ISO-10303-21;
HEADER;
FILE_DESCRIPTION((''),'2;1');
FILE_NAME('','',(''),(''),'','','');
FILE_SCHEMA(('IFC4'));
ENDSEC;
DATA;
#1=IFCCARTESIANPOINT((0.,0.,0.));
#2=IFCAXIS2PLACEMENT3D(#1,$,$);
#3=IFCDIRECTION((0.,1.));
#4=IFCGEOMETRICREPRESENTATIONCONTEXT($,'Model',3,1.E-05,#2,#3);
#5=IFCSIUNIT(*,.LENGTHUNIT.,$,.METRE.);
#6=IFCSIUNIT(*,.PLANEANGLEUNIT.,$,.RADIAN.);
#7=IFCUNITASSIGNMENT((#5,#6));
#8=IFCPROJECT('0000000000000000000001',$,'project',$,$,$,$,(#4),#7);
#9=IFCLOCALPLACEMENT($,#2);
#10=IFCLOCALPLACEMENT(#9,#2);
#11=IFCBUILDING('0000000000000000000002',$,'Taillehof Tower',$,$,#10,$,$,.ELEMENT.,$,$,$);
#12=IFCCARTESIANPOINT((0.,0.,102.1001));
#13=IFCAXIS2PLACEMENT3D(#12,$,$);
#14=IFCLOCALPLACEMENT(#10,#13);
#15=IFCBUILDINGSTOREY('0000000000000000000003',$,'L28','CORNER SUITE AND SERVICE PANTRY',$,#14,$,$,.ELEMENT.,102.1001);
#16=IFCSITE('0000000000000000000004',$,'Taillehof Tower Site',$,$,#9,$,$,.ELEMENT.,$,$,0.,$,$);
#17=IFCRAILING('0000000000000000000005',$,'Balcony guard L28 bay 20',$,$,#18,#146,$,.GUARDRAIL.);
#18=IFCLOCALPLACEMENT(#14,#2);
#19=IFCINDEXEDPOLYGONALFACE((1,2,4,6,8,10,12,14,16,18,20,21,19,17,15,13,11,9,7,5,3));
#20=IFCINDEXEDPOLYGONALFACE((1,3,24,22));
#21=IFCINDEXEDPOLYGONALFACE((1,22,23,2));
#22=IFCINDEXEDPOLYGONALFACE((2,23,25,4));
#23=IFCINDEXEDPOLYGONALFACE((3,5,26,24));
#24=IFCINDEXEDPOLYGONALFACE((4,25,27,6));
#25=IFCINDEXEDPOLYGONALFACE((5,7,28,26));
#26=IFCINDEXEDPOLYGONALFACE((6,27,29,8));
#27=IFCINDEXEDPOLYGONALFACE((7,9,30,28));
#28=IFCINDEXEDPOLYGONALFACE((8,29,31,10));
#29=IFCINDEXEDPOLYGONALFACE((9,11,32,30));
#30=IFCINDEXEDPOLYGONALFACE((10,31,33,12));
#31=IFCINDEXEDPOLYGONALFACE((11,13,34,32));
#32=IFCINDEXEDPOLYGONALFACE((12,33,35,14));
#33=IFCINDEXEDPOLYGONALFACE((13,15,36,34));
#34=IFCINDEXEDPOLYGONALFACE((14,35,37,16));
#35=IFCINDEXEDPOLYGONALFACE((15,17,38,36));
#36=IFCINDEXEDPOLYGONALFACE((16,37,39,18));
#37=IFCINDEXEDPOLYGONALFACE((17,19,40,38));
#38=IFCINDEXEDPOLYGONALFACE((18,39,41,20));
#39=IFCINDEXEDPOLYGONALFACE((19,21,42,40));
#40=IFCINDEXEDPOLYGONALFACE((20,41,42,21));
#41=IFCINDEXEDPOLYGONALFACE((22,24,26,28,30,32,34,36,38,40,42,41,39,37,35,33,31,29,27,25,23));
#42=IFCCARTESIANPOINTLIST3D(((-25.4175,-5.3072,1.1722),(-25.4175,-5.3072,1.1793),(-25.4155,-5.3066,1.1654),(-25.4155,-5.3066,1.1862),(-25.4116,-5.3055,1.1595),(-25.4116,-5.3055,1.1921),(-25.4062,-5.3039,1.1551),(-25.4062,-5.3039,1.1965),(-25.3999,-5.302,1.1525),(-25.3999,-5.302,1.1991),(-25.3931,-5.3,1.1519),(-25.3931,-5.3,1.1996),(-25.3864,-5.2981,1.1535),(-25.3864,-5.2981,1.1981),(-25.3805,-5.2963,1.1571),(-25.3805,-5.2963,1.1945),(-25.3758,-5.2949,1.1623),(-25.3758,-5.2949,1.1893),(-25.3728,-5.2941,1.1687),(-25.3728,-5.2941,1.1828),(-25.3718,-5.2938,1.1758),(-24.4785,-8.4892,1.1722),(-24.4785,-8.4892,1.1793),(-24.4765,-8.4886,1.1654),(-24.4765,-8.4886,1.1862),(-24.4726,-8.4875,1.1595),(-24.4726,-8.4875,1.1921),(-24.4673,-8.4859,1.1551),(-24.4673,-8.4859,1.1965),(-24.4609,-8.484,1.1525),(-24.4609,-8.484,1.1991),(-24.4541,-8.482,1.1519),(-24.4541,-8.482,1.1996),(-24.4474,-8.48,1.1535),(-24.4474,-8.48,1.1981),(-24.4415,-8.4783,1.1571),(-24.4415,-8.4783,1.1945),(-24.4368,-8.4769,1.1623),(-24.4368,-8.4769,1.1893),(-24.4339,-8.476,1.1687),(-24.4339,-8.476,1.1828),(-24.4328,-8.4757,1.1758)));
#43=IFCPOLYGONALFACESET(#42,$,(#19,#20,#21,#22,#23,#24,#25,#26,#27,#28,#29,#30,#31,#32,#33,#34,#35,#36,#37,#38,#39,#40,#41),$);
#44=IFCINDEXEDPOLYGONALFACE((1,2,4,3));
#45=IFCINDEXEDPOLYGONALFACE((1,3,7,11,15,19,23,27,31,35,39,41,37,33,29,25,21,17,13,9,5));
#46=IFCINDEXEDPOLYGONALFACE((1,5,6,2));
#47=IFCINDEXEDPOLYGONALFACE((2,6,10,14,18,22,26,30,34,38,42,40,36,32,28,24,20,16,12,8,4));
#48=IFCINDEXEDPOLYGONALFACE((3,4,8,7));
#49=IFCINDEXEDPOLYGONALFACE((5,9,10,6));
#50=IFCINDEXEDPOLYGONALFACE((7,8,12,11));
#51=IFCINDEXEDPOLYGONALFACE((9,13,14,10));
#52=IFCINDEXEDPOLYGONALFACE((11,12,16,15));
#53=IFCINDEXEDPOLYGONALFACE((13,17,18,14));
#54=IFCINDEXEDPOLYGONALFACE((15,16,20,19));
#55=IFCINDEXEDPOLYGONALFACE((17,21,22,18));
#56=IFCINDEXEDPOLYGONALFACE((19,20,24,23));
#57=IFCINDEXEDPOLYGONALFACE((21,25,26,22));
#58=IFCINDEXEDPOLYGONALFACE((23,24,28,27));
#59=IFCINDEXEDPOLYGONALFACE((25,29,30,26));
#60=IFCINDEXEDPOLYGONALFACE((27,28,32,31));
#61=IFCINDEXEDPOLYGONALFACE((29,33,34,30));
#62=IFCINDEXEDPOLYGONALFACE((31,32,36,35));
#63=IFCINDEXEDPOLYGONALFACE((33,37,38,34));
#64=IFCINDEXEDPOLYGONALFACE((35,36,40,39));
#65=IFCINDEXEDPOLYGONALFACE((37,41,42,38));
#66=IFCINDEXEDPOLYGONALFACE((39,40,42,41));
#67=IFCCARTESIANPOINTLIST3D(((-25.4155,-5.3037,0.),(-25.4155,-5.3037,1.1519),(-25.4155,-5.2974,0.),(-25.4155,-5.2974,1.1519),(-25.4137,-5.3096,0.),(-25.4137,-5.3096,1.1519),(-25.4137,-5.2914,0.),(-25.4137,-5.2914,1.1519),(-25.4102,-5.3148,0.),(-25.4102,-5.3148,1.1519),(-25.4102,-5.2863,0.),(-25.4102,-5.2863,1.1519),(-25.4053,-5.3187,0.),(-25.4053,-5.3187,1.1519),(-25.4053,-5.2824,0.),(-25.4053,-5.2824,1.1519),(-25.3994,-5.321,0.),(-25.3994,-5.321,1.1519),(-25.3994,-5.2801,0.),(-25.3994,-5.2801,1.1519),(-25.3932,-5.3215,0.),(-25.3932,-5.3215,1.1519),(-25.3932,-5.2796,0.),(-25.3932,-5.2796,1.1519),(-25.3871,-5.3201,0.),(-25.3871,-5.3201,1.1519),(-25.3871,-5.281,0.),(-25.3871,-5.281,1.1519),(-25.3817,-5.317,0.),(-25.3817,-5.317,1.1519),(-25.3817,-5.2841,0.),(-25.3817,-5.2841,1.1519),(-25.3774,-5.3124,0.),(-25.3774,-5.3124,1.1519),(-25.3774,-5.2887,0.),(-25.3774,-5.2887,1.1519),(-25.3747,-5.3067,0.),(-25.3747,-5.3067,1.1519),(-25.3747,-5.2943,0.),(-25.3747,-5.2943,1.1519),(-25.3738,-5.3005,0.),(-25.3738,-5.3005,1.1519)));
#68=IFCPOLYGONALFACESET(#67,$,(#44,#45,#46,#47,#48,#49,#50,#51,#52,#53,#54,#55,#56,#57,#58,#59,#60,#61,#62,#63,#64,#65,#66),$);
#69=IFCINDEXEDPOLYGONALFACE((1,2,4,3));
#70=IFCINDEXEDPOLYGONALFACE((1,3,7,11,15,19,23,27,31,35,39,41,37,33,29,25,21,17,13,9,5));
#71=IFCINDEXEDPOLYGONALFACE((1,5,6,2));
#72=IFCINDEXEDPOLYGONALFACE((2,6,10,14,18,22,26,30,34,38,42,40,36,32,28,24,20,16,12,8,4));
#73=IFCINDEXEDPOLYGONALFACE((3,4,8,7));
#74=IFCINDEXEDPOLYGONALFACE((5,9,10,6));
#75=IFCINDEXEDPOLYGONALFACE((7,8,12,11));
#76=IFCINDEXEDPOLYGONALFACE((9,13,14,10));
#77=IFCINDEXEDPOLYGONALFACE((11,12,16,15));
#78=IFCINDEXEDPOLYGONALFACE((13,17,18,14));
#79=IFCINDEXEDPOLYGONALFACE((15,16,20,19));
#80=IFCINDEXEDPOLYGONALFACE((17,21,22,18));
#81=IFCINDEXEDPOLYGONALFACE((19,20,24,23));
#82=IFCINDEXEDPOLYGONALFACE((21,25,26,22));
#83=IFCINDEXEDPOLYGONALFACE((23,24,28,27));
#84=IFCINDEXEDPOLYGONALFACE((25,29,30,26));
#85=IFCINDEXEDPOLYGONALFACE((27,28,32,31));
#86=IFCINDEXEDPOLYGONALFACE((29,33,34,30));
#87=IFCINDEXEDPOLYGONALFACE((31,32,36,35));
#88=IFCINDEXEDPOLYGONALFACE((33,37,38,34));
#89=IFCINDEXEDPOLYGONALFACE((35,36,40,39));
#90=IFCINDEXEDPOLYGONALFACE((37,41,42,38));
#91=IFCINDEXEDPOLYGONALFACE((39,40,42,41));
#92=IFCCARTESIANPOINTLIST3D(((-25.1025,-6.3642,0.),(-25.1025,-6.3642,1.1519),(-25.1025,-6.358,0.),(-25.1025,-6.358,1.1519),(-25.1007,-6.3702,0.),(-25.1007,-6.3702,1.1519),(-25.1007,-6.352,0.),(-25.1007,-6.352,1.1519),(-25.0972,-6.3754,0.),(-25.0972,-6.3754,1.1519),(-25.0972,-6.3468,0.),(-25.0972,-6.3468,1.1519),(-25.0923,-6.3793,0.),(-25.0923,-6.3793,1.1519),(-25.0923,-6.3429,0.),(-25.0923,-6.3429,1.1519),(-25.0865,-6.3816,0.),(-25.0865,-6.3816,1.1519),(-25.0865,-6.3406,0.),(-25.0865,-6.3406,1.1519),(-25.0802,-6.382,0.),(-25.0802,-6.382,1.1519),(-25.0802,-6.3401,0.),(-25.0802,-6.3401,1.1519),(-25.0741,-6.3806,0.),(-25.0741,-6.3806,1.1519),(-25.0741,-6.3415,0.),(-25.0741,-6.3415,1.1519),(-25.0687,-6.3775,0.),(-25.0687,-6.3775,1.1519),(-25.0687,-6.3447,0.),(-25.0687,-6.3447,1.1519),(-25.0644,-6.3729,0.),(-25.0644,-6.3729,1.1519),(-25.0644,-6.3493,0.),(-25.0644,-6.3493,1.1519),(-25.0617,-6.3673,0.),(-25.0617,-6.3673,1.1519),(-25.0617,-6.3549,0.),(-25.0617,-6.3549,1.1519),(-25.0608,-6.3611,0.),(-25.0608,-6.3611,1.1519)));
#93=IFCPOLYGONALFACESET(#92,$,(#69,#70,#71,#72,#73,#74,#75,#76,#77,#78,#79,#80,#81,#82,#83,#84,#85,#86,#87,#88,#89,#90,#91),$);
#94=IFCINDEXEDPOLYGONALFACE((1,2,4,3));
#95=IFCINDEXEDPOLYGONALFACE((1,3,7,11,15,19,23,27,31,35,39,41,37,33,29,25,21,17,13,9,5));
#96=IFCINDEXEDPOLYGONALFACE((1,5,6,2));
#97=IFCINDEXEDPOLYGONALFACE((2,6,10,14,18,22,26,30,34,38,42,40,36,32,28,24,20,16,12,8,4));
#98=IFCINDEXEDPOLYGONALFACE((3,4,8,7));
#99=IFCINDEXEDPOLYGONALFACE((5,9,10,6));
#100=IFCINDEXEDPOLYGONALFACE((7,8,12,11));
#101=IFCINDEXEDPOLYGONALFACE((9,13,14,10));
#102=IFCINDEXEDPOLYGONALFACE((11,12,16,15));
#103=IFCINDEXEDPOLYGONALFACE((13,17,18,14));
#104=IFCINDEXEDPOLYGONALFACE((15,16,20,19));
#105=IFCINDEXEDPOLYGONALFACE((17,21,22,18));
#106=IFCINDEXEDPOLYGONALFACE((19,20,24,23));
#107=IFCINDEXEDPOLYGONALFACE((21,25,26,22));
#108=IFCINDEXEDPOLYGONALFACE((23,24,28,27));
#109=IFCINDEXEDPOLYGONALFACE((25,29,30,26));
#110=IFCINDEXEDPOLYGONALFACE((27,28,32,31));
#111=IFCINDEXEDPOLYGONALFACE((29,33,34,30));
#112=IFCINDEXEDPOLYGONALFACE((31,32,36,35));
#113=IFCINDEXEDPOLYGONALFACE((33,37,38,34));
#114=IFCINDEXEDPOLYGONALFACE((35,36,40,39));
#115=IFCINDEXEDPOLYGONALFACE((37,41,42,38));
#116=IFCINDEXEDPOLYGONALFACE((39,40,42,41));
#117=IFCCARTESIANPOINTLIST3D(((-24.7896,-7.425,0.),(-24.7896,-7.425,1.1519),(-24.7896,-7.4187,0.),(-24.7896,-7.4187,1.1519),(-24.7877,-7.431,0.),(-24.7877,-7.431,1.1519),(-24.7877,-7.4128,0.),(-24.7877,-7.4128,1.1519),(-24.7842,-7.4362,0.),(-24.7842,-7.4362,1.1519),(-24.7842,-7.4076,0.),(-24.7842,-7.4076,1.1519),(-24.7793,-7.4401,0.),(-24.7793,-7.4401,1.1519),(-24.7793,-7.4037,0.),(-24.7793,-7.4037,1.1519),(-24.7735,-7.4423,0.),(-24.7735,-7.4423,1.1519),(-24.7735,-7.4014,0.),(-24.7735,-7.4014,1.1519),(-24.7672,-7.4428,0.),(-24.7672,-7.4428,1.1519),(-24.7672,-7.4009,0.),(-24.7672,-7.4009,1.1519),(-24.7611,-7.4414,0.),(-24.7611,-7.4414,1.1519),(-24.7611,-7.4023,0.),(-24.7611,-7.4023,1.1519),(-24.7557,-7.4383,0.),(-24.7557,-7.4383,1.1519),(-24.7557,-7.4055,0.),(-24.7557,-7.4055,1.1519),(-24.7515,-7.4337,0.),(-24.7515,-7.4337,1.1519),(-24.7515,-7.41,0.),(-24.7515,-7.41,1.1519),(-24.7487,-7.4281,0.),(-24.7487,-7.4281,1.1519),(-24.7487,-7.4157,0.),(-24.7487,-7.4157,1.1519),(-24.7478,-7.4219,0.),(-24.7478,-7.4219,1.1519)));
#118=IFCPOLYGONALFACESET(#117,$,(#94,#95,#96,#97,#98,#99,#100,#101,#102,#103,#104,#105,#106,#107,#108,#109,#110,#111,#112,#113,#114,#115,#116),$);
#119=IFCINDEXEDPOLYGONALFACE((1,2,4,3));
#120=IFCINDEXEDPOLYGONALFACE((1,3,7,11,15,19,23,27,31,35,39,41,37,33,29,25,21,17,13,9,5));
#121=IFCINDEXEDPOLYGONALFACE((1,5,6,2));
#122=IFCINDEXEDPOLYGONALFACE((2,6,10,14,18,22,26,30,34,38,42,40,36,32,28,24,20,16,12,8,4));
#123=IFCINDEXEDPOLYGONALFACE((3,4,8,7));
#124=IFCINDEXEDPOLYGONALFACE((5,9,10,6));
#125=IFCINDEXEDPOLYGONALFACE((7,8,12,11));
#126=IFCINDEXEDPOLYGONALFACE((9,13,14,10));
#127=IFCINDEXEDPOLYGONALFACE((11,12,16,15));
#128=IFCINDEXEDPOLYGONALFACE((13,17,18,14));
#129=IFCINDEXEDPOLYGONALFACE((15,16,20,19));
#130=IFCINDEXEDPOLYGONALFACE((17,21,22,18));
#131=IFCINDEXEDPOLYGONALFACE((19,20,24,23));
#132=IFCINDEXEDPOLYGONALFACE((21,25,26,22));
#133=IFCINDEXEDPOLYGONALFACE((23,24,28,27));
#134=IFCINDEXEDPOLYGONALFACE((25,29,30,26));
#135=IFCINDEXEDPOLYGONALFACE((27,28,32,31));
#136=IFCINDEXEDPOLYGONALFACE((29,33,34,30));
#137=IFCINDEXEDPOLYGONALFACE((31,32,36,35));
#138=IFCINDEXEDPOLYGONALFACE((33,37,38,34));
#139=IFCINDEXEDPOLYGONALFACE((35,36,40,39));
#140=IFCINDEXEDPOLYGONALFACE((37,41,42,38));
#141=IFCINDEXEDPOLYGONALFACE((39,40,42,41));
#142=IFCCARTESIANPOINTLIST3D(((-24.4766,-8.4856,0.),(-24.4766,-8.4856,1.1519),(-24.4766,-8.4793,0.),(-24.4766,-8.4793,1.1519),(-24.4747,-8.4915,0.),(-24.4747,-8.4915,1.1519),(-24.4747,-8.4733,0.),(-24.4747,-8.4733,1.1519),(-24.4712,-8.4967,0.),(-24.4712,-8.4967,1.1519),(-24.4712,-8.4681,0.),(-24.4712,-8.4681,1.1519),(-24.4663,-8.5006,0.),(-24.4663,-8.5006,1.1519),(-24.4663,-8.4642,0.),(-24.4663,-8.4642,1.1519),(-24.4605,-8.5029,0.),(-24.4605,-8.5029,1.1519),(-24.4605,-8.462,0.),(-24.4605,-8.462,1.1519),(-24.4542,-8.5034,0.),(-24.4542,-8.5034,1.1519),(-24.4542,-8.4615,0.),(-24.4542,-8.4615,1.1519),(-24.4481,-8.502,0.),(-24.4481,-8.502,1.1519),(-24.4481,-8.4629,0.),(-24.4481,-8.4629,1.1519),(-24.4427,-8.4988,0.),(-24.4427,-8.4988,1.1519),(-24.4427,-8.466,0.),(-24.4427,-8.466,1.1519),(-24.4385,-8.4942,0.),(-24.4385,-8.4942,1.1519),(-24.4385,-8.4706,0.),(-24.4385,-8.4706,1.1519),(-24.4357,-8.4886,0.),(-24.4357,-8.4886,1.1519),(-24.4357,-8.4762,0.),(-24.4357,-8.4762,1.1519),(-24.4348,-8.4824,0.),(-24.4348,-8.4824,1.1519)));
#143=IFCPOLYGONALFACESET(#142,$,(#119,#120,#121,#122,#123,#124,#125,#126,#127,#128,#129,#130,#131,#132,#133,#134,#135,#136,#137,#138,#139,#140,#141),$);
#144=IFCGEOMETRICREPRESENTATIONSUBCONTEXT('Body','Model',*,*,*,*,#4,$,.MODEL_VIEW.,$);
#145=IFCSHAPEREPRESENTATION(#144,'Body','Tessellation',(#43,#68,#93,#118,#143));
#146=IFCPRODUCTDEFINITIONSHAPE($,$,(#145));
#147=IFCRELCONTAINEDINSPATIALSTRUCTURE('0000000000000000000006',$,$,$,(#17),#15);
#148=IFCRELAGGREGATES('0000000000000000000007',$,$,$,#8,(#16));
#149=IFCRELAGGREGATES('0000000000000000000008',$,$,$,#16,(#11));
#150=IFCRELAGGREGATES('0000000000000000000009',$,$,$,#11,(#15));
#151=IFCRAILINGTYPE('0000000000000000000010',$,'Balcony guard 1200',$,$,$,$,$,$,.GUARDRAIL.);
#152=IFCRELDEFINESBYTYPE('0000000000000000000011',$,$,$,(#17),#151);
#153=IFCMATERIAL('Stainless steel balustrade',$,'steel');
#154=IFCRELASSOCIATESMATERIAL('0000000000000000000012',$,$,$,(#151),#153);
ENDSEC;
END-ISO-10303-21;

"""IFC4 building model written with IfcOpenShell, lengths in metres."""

from ifc_helpers import new_model, si_unit, direction, frame, origin, origin_2d, place, context, subcontext, project, spatial, circle, extrude, material, type_object, element, save


model = new_model("IFC4")

# Units and contexts
model_context = context("Model", 3, precision=1e-05, world=origin(), true_north=direction((0.0, 1.0)))
body_context = subcontext(model_context, "Body", "Model", "MODEL_VIEW")
ifc_project = project(units=[si_unit("LENGTHUNIT", "METRE"), si_unit("PLANEANGLEUNIT", "RADIAN")], contexts=[model_context])

# Site, building, storey
site_placement = place(None, origin())
site = spatial("IfcSite", under=ifc_project, at=site_placement, Name="Taillehof Tower Site", CompositionType="ELEMENT", RefElevation=0.0)
building_placement = place(site_placement, origin())
building = spatial("IfcBuilding", under=site, at=building_placement, Name="Taillehof Tower", CompositionType="ELEMENT")
storey_placement = place(building_placement, frame((0.0, 0.0, 102.1001)))
storey = spatial("IfcBuildingStorey", under=building, at=storey_placement, Name="L28", Description="CORNER SUITE AND SERVICE PANTRY", CompositionType="ELEMENT", Elevation=102.1001)

# Railing
ifc_material_1 = material(Name="Stainless steel balustrade", Category="steel")
railing_type = type_object("IfcRailingType", Name="Balcony guard 1200", PredefinedType="GUARDRAIL", material=ifc_material_1)
railing_placement = place(storey_placement, frame((-25.3948, -5.3005, 0.0)))
element("IfcRailing", 1, at=railing_placement, inside=storey, type_object=railing_type, Name="Balcony guard L28 bay 20", PredefinedType="GUARDRAIL", context=body_context, shape_type="SweptSolid", body=[
    extrude(circle(Radius=0.0239, at=origin_2d()), frame((0.0, 0.0, 1.1758), z_axis=(0.283031, -0.959111, 0.0), x_axis=(0.959111, 0.283031, 0.0)), (0.0, 0.0, 1.0), 3.3176),
    extrude(circle(Radius=0.021, at=origin_2d()), origin(), (0.0, 0.0, 1.0), 1.1519),
    extrude(circle(Radius=0.021, at=origin_2d()), frame((0.313, -1.0605, 0.0)), (0.0, 0.0, 1.0), 1.1519),
    extrude(circle(Radius=0.021, at=origin_2d()), frame((0.626, -2.1213, 0.0)), (0.0, 0.0, 1.0), 1.1519),
    extrude(circle(Radius=0.021, at=origin_2d()), frame((0.939, -3.1819, 0.0)), (0.0, 0.0, 1.0), 1.1519),
])

save(model, "model.ifc")
